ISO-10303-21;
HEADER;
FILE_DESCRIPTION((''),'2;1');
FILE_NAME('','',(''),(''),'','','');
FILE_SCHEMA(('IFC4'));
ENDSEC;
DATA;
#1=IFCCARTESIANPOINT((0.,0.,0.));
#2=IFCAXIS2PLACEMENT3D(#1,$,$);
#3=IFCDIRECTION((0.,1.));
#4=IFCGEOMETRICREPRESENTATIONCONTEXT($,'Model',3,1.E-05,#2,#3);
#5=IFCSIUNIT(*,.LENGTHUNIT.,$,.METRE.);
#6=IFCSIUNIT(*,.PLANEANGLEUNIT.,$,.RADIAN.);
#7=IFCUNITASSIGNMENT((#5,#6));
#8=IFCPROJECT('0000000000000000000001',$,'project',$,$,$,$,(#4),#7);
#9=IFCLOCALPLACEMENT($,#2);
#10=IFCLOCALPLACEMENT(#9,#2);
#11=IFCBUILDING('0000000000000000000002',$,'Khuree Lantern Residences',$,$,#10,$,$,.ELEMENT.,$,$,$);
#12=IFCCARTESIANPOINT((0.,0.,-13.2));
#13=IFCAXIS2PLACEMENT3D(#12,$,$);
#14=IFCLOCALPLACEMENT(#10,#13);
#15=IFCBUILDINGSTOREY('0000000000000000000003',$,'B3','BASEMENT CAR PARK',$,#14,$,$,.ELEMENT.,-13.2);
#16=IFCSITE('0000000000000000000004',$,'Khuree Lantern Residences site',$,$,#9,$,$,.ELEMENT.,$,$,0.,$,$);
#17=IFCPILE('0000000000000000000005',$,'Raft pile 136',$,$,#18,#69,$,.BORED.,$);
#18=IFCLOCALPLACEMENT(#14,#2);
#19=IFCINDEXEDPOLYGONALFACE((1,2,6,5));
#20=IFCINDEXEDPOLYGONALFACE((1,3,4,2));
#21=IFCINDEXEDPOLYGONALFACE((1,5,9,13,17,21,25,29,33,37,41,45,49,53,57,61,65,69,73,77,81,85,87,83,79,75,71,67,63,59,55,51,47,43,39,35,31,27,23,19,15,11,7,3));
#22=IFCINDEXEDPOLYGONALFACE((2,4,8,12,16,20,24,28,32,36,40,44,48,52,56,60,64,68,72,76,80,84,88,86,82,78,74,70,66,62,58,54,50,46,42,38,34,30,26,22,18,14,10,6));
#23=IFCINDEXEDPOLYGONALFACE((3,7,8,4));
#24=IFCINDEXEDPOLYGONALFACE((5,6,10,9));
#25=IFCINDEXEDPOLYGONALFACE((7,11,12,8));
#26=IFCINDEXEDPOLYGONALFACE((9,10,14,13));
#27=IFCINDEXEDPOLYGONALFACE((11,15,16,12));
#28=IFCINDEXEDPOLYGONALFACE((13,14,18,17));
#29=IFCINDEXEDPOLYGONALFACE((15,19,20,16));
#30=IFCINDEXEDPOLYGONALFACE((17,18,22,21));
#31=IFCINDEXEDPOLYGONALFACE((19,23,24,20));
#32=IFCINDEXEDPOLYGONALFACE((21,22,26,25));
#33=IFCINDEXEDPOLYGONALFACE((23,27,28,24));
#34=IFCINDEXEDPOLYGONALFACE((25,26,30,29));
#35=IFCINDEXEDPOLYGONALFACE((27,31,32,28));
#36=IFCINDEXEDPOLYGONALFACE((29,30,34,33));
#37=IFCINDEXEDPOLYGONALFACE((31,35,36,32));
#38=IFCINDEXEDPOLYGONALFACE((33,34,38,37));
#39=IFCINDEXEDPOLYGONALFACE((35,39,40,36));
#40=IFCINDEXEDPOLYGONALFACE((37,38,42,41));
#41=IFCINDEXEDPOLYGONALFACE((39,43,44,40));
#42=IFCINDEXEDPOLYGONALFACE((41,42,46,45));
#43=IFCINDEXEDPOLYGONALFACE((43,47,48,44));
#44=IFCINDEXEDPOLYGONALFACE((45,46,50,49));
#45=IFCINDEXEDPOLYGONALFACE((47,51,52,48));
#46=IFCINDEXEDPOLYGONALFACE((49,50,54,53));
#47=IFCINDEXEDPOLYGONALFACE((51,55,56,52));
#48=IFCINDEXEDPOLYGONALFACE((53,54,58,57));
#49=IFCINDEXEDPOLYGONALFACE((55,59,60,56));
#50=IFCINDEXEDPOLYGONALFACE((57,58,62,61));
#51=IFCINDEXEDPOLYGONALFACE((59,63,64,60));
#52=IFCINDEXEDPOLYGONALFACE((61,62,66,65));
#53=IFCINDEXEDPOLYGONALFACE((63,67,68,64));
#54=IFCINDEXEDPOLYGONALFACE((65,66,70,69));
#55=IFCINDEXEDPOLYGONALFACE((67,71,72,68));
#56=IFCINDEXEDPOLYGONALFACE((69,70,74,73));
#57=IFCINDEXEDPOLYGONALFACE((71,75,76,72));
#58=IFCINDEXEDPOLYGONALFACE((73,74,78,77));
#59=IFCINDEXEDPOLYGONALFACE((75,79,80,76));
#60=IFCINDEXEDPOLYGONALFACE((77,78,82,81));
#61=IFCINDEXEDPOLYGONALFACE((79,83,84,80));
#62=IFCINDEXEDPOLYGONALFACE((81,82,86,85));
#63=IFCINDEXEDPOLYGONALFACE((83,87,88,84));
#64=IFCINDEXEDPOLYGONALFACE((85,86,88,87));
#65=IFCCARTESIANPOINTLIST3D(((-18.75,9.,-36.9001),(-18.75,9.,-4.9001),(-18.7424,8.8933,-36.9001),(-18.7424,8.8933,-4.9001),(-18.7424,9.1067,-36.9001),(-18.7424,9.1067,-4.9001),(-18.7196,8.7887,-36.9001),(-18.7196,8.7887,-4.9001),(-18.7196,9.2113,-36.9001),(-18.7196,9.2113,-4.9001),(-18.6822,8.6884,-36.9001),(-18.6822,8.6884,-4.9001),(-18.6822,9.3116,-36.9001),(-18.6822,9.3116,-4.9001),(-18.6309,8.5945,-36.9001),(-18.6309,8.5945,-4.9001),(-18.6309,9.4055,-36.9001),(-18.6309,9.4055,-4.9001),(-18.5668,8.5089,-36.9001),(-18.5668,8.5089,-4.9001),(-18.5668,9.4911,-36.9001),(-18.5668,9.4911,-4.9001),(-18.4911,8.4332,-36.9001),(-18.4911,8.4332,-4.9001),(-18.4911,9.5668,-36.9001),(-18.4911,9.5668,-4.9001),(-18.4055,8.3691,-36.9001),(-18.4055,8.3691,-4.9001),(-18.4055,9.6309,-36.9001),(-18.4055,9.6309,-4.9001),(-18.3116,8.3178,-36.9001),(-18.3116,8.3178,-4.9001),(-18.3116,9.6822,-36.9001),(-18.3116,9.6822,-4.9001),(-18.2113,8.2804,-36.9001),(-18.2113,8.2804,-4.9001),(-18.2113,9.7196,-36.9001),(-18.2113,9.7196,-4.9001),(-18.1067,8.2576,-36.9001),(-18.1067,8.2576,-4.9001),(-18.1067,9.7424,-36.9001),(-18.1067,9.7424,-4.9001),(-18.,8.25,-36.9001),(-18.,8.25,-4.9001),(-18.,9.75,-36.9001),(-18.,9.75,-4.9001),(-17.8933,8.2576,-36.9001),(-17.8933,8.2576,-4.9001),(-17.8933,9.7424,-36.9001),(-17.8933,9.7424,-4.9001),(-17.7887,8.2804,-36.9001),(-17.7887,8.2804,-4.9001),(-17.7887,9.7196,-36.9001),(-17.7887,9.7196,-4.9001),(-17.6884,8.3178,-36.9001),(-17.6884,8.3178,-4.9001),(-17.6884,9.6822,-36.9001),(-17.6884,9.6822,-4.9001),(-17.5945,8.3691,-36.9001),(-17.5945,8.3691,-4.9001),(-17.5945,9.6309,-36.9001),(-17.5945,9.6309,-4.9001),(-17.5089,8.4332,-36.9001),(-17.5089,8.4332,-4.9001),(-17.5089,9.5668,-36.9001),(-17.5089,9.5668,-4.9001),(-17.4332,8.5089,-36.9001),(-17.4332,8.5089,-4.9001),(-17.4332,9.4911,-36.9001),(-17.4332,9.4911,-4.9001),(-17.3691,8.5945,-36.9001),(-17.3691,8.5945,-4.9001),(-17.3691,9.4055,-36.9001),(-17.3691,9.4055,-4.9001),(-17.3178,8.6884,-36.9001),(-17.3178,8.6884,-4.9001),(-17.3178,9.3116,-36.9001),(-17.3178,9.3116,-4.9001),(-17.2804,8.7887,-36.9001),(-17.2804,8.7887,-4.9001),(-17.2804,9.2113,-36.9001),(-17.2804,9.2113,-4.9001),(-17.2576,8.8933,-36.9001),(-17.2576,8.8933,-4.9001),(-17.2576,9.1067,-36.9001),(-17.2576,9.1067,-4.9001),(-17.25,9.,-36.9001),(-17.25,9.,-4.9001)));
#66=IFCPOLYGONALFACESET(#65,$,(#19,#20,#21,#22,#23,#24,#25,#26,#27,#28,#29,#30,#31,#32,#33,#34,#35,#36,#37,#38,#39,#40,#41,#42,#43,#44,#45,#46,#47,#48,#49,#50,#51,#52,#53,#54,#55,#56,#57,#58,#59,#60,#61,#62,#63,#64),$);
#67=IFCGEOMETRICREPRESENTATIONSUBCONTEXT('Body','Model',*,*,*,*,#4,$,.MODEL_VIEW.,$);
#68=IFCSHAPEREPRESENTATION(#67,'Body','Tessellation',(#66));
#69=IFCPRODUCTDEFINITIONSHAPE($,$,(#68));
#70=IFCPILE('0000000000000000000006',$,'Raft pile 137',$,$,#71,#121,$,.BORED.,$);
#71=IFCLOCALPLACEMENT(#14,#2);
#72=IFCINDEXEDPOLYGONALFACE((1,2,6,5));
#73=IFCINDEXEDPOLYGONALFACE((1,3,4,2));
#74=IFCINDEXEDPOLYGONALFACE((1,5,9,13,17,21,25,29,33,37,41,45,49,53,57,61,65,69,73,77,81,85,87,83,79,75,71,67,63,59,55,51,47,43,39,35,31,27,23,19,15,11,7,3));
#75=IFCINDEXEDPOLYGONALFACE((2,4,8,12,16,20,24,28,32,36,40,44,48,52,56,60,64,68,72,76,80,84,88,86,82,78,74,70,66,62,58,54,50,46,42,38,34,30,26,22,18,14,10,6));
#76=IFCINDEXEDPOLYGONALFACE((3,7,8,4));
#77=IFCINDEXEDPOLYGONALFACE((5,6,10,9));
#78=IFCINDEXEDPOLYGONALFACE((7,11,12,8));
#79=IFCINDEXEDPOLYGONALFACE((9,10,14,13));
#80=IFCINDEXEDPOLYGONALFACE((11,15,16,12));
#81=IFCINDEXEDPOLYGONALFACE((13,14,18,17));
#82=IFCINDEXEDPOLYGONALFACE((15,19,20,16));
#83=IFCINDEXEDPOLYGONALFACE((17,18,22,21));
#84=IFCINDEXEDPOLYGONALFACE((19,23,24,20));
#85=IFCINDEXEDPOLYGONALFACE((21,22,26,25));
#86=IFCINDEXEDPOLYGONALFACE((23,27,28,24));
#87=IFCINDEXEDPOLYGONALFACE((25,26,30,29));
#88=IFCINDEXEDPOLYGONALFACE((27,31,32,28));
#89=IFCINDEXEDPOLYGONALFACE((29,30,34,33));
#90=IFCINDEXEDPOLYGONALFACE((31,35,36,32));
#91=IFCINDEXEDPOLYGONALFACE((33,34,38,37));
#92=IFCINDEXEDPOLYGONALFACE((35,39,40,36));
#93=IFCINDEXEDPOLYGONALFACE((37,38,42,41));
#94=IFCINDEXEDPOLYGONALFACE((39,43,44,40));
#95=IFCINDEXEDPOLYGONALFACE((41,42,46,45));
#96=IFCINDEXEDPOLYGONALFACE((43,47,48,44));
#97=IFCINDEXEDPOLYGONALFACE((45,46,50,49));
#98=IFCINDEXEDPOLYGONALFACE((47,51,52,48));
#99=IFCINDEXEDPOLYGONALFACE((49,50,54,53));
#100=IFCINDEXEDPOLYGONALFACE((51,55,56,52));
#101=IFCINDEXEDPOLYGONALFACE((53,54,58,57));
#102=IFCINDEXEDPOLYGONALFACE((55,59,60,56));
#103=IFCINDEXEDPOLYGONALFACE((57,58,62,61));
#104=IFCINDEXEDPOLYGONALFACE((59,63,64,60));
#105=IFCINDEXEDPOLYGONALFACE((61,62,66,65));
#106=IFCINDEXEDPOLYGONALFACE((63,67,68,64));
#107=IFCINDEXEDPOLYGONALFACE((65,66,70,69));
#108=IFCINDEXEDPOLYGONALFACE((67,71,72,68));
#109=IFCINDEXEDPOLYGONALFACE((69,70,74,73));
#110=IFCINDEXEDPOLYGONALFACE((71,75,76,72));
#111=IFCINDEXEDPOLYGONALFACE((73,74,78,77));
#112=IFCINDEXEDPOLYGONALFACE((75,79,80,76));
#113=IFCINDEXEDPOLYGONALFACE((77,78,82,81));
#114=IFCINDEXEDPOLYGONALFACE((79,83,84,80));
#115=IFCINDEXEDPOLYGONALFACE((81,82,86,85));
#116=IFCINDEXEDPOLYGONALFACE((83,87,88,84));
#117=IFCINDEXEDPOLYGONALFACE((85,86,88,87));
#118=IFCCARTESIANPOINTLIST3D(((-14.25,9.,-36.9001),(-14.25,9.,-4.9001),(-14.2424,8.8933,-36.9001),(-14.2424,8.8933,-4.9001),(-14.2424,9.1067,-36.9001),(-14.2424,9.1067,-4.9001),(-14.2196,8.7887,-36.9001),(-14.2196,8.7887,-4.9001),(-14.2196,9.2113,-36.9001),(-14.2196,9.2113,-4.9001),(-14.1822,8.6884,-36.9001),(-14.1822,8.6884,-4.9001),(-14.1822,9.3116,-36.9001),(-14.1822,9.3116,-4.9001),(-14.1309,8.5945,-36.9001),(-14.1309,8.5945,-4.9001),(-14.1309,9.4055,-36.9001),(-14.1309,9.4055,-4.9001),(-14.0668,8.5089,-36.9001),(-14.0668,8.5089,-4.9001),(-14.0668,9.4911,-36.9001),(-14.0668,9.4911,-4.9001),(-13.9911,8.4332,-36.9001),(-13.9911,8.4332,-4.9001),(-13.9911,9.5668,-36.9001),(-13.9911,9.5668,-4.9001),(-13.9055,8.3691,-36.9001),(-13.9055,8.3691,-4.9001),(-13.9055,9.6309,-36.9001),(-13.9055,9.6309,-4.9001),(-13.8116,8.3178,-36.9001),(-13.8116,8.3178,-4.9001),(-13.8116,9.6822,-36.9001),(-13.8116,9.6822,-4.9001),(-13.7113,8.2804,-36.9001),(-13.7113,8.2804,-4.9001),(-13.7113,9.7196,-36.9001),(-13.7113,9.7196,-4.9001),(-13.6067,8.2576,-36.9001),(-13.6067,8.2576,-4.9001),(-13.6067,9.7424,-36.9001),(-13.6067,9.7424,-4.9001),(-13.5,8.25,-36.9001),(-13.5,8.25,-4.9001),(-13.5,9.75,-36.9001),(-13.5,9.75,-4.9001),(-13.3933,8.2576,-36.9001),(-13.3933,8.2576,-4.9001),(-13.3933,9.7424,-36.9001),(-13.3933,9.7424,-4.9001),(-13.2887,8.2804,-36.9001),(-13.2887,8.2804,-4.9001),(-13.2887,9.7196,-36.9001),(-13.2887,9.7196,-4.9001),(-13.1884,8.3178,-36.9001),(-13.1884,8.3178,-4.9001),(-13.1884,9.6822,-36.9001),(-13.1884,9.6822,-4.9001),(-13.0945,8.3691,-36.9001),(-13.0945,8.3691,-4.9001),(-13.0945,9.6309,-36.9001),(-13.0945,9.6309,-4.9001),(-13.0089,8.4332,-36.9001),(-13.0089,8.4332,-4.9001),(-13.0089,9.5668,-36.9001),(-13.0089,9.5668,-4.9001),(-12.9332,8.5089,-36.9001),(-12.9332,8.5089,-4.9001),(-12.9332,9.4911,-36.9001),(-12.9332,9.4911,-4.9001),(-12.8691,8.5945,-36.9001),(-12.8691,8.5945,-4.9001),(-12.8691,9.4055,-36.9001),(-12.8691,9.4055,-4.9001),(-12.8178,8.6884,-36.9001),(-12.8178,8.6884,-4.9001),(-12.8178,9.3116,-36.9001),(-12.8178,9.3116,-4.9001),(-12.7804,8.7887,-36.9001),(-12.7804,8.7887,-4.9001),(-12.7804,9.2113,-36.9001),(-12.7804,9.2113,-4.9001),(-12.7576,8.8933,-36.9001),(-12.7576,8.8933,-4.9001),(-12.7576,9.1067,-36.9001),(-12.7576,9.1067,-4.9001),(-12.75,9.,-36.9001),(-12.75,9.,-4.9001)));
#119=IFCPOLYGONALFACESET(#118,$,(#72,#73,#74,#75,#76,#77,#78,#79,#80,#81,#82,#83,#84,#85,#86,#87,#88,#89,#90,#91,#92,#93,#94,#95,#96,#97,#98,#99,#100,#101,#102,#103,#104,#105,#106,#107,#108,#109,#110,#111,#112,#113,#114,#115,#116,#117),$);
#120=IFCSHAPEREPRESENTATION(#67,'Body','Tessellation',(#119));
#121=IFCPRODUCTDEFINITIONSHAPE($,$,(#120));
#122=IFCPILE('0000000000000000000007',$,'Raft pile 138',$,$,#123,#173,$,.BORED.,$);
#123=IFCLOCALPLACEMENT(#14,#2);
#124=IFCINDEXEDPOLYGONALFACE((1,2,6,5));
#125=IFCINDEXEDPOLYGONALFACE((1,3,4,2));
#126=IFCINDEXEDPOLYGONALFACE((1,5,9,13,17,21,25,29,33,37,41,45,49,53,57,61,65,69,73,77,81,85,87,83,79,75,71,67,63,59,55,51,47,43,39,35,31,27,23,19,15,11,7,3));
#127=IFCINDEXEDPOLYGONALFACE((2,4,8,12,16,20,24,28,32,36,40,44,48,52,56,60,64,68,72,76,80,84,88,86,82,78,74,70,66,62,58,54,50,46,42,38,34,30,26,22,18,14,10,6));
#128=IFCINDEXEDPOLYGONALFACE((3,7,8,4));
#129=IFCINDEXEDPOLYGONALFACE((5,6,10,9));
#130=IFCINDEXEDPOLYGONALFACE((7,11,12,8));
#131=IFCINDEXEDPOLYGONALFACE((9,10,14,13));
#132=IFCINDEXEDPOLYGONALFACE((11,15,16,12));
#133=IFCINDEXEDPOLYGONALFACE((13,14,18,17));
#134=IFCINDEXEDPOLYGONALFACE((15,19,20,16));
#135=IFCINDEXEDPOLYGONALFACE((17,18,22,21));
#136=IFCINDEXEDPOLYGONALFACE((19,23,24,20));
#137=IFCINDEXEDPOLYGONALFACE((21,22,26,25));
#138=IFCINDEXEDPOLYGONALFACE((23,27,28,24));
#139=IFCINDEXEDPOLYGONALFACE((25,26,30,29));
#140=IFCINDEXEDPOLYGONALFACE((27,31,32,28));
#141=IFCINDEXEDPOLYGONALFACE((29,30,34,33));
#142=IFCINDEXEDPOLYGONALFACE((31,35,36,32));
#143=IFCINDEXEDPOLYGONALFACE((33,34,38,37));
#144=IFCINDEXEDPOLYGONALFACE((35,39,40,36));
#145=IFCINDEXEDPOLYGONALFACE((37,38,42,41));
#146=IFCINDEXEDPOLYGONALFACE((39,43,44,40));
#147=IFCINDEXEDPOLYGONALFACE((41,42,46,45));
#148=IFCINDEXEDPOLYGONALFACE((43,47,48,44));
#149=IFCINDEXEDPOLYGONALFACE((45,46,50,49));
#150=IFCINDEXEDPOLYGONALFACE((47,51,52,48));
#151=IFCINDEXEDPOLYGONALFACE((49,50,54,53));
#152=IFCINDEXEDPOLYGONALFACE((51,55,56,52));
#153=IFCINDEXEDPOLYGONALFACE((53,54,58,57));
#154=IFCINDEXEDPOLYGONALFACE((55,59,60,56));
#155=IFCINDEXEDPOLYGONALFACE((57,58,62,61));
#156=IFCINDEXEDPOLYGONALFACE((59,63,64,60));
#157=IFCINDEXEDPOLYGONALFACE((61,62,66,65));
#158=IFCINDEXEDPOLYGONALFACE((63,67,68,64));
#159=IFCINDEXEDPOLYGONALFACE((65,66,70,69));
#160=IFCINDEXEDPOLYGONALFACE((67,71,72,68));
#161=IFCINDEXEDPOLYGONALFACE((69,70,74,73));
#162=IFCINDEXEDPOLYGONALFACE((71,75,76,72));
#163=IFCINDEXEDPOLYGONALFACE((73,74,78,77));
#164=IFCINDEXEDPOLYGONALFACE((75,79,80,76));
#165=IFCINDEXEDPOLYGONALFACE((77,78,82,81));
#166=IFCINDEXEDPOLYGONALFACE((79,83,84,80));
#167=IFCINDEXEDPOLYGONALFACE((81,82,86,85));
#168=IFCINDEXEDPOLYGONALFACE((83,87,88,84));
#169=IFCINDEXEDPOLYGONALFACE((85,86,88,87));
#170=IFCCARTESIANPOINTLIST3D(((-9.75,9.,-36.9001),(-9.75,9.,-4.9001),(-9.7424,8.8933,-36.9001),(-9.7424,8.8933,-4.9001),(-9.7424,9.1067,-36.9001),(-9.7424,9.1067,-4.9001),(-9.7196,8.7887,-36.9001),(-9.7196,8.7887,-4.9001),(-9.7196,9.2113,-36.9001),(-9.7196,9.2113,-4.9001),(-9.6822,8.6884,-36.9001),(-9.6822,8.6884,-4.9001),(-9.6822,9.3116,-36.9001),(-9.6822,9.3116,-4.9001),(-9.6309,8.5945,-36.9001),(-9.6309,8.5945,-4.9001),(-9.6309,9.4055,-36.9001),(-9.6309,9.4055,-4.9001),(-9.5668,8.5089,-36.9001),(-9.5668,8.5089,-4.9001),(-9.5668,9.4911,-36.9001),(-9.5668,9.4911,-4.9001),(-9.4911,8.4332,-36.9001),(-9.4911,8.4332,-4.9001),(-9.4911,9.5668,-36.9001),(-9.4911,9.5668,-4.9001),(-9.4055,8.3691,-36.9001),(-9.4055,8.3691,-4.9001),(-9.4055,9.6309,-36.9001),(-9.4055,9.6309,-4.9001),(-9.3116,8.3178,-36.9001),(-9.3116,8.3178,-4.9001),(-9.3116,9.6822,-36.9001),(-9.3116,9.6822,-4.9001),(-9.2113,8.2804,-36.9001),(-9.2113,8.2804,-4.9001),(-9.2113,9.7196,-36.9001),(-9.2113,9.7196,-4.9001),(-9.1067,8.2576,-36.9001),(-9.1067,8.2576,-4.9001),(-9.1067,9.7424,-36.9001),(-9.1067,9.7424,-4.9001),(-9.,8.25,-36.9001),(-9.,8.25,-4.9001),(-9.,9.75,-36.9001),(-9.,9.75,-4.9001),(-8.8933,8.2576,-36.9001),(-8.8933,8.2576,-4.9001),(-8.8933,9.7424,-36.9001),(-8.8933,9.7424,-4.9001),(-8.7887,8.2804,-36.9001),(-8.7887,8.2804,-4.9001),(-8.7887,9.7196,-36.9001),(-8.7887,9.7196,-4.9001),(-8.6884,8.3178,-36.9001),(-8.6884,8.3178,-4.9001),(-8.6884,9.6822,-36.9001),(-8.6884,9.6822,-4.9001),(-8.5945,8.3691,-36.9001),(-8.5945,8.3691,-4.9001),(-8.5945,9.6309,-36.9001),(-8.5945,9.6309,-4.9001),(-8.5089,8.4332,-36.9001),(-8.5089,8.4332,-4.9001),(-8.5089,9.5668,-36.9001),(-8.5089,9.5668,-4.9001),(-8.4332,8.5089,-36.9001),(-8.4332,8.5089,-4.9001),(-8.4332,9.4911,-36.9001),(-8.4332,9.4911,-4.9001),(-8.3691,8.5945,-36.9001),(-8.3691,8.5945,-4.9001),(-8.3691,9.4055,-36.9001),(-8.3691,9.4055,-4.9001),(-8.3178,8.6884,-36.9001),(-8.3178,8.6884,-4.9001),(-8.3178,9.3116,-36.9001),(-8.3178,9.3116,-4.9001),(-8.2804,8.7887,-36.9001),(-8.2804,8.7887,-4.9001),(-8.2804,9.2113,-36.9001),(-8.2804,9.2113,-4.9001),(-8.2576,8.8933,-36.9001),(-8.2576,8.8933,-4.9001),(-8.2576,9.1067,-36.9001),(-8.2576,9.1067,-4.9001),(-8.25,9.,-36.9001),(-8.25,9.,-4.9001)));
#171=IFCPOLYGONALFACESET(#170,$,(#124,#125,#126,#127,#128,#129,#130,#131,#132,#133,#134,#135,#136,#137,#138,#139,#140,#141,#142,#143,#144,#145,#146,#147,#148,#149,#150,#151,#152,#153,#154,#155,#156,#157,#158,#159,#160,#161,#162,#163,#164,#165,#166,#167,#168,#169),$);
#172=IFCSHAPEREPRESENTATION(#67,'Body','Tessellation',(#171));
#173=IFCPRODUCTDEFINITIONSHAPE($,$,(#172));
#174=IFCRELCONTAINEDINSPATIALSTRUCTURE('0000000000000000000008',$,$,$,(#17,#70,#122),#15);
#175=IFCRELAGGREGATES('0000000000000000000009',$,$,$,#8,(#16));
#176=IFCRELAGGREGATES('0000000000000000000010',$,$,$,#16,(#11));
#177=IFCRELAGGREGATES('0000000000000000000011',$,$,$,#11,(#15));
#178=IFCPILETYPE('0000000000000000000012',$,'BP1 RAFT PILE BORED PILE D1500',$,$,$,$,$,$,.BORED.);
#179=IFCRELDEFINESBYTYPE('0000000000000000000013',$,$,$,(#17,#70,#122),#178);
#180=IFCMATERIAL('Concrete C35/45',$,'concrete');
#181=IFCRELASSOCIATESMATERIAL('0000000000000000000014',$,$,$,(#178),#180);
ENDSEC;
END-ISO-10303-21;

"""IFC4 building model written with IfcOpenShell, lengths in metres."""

from ifc_helpers import new_model, si_unit, direction, frame, origin, origin_2d, place, context, subcontext, project, spatial, circle, extrude, material, material_profile, profile_set, type_object, element, save


model = new_model("IFC4")

# Units and contexts
model_context = context("Model", 3, precision=1e-05, world=origin(), true_north=direction((0.0, 1.0)))
body_context = subcontext(model_context, "Body", "Model", "MODEL_VIEW")
ifc_project = project(units=[si_unit("LENGTHUNIT", "METRE"), si_unit("PLANEANGLEUNIT", "RADIAN")], contexts=[model_context])

# Site, building, storey
site_placement = place(None, origin())
site = spatial("IfcSite", under=ifc_project, at=site_placement, Name="Khuree Lantern Residences site", CompositionType="ELEMENT", RefElevation=0.0)
building_placement = place(site_placement, origin())
building = spatial("IfcBuilding", under=site, at=building_placement, Name="Khuree Lantern Residences", CompositionType="ELEMENT")
storey_placement = place(building_placement, frame((0.0, 0.0, -13.2)))
storey = spatial("IfcBuildingStorey", under=building, at=storey_placement, Name="B3", Description="BASEMENT CAR PARK", CompositionType="ELEMENT", Elevation=-13.2)

# Piles
ifc_material_1 = material(Name="Concrete C35/45", Category="concrete")
ifc_material_profile_1 = material_profile(ifc_material_1, circle(Radius=0.75, at=origin_2d()), Name="BORED PILE D1500")
ifc_profile_set_1 = profile_set([ifc_material_profile_1], Name="Concrete C35/45")
pile_type = type_object("IfcPileType", Name="BP1 RAFT PILE BORED PILE D1500", PredefinedType="BORED", material=ifc_profile_set_1)
for number, where, z_axis, x_axis, name in (
    (1, (-18.0, 9.0, -4.9001), (0.0, 0.0, -1.0), (1.0, 0.0, 0.0), "Raft pile 136"),
    (2, (-13.5, 9.0, -4.9001), (0.0, 0.0, -1.0), (1.0, 0.0, 0.0), "Raft pile 137"),
    (3, (-9.0, 9.0, -4.9001), (0.0, 0.0, -1.0), (1.0, 0.0, 0.0), "Raft pile 138"),
):
    element("IfcPile", number, at=place(storey_placement, frame(where, z_axis=z_axis, x_axis=x_axis)), inside=storey, type_object=pile_type, Name=name, PredefinedType="BORED", context=body_context, shape_type="SweptSolid", body=[
        extrude(circle(Radius=0.75, at=origin_2d()), origin(), (0.0, 0.0, 1.0), 32.0),
    ])

save(model, "model.ifc")
